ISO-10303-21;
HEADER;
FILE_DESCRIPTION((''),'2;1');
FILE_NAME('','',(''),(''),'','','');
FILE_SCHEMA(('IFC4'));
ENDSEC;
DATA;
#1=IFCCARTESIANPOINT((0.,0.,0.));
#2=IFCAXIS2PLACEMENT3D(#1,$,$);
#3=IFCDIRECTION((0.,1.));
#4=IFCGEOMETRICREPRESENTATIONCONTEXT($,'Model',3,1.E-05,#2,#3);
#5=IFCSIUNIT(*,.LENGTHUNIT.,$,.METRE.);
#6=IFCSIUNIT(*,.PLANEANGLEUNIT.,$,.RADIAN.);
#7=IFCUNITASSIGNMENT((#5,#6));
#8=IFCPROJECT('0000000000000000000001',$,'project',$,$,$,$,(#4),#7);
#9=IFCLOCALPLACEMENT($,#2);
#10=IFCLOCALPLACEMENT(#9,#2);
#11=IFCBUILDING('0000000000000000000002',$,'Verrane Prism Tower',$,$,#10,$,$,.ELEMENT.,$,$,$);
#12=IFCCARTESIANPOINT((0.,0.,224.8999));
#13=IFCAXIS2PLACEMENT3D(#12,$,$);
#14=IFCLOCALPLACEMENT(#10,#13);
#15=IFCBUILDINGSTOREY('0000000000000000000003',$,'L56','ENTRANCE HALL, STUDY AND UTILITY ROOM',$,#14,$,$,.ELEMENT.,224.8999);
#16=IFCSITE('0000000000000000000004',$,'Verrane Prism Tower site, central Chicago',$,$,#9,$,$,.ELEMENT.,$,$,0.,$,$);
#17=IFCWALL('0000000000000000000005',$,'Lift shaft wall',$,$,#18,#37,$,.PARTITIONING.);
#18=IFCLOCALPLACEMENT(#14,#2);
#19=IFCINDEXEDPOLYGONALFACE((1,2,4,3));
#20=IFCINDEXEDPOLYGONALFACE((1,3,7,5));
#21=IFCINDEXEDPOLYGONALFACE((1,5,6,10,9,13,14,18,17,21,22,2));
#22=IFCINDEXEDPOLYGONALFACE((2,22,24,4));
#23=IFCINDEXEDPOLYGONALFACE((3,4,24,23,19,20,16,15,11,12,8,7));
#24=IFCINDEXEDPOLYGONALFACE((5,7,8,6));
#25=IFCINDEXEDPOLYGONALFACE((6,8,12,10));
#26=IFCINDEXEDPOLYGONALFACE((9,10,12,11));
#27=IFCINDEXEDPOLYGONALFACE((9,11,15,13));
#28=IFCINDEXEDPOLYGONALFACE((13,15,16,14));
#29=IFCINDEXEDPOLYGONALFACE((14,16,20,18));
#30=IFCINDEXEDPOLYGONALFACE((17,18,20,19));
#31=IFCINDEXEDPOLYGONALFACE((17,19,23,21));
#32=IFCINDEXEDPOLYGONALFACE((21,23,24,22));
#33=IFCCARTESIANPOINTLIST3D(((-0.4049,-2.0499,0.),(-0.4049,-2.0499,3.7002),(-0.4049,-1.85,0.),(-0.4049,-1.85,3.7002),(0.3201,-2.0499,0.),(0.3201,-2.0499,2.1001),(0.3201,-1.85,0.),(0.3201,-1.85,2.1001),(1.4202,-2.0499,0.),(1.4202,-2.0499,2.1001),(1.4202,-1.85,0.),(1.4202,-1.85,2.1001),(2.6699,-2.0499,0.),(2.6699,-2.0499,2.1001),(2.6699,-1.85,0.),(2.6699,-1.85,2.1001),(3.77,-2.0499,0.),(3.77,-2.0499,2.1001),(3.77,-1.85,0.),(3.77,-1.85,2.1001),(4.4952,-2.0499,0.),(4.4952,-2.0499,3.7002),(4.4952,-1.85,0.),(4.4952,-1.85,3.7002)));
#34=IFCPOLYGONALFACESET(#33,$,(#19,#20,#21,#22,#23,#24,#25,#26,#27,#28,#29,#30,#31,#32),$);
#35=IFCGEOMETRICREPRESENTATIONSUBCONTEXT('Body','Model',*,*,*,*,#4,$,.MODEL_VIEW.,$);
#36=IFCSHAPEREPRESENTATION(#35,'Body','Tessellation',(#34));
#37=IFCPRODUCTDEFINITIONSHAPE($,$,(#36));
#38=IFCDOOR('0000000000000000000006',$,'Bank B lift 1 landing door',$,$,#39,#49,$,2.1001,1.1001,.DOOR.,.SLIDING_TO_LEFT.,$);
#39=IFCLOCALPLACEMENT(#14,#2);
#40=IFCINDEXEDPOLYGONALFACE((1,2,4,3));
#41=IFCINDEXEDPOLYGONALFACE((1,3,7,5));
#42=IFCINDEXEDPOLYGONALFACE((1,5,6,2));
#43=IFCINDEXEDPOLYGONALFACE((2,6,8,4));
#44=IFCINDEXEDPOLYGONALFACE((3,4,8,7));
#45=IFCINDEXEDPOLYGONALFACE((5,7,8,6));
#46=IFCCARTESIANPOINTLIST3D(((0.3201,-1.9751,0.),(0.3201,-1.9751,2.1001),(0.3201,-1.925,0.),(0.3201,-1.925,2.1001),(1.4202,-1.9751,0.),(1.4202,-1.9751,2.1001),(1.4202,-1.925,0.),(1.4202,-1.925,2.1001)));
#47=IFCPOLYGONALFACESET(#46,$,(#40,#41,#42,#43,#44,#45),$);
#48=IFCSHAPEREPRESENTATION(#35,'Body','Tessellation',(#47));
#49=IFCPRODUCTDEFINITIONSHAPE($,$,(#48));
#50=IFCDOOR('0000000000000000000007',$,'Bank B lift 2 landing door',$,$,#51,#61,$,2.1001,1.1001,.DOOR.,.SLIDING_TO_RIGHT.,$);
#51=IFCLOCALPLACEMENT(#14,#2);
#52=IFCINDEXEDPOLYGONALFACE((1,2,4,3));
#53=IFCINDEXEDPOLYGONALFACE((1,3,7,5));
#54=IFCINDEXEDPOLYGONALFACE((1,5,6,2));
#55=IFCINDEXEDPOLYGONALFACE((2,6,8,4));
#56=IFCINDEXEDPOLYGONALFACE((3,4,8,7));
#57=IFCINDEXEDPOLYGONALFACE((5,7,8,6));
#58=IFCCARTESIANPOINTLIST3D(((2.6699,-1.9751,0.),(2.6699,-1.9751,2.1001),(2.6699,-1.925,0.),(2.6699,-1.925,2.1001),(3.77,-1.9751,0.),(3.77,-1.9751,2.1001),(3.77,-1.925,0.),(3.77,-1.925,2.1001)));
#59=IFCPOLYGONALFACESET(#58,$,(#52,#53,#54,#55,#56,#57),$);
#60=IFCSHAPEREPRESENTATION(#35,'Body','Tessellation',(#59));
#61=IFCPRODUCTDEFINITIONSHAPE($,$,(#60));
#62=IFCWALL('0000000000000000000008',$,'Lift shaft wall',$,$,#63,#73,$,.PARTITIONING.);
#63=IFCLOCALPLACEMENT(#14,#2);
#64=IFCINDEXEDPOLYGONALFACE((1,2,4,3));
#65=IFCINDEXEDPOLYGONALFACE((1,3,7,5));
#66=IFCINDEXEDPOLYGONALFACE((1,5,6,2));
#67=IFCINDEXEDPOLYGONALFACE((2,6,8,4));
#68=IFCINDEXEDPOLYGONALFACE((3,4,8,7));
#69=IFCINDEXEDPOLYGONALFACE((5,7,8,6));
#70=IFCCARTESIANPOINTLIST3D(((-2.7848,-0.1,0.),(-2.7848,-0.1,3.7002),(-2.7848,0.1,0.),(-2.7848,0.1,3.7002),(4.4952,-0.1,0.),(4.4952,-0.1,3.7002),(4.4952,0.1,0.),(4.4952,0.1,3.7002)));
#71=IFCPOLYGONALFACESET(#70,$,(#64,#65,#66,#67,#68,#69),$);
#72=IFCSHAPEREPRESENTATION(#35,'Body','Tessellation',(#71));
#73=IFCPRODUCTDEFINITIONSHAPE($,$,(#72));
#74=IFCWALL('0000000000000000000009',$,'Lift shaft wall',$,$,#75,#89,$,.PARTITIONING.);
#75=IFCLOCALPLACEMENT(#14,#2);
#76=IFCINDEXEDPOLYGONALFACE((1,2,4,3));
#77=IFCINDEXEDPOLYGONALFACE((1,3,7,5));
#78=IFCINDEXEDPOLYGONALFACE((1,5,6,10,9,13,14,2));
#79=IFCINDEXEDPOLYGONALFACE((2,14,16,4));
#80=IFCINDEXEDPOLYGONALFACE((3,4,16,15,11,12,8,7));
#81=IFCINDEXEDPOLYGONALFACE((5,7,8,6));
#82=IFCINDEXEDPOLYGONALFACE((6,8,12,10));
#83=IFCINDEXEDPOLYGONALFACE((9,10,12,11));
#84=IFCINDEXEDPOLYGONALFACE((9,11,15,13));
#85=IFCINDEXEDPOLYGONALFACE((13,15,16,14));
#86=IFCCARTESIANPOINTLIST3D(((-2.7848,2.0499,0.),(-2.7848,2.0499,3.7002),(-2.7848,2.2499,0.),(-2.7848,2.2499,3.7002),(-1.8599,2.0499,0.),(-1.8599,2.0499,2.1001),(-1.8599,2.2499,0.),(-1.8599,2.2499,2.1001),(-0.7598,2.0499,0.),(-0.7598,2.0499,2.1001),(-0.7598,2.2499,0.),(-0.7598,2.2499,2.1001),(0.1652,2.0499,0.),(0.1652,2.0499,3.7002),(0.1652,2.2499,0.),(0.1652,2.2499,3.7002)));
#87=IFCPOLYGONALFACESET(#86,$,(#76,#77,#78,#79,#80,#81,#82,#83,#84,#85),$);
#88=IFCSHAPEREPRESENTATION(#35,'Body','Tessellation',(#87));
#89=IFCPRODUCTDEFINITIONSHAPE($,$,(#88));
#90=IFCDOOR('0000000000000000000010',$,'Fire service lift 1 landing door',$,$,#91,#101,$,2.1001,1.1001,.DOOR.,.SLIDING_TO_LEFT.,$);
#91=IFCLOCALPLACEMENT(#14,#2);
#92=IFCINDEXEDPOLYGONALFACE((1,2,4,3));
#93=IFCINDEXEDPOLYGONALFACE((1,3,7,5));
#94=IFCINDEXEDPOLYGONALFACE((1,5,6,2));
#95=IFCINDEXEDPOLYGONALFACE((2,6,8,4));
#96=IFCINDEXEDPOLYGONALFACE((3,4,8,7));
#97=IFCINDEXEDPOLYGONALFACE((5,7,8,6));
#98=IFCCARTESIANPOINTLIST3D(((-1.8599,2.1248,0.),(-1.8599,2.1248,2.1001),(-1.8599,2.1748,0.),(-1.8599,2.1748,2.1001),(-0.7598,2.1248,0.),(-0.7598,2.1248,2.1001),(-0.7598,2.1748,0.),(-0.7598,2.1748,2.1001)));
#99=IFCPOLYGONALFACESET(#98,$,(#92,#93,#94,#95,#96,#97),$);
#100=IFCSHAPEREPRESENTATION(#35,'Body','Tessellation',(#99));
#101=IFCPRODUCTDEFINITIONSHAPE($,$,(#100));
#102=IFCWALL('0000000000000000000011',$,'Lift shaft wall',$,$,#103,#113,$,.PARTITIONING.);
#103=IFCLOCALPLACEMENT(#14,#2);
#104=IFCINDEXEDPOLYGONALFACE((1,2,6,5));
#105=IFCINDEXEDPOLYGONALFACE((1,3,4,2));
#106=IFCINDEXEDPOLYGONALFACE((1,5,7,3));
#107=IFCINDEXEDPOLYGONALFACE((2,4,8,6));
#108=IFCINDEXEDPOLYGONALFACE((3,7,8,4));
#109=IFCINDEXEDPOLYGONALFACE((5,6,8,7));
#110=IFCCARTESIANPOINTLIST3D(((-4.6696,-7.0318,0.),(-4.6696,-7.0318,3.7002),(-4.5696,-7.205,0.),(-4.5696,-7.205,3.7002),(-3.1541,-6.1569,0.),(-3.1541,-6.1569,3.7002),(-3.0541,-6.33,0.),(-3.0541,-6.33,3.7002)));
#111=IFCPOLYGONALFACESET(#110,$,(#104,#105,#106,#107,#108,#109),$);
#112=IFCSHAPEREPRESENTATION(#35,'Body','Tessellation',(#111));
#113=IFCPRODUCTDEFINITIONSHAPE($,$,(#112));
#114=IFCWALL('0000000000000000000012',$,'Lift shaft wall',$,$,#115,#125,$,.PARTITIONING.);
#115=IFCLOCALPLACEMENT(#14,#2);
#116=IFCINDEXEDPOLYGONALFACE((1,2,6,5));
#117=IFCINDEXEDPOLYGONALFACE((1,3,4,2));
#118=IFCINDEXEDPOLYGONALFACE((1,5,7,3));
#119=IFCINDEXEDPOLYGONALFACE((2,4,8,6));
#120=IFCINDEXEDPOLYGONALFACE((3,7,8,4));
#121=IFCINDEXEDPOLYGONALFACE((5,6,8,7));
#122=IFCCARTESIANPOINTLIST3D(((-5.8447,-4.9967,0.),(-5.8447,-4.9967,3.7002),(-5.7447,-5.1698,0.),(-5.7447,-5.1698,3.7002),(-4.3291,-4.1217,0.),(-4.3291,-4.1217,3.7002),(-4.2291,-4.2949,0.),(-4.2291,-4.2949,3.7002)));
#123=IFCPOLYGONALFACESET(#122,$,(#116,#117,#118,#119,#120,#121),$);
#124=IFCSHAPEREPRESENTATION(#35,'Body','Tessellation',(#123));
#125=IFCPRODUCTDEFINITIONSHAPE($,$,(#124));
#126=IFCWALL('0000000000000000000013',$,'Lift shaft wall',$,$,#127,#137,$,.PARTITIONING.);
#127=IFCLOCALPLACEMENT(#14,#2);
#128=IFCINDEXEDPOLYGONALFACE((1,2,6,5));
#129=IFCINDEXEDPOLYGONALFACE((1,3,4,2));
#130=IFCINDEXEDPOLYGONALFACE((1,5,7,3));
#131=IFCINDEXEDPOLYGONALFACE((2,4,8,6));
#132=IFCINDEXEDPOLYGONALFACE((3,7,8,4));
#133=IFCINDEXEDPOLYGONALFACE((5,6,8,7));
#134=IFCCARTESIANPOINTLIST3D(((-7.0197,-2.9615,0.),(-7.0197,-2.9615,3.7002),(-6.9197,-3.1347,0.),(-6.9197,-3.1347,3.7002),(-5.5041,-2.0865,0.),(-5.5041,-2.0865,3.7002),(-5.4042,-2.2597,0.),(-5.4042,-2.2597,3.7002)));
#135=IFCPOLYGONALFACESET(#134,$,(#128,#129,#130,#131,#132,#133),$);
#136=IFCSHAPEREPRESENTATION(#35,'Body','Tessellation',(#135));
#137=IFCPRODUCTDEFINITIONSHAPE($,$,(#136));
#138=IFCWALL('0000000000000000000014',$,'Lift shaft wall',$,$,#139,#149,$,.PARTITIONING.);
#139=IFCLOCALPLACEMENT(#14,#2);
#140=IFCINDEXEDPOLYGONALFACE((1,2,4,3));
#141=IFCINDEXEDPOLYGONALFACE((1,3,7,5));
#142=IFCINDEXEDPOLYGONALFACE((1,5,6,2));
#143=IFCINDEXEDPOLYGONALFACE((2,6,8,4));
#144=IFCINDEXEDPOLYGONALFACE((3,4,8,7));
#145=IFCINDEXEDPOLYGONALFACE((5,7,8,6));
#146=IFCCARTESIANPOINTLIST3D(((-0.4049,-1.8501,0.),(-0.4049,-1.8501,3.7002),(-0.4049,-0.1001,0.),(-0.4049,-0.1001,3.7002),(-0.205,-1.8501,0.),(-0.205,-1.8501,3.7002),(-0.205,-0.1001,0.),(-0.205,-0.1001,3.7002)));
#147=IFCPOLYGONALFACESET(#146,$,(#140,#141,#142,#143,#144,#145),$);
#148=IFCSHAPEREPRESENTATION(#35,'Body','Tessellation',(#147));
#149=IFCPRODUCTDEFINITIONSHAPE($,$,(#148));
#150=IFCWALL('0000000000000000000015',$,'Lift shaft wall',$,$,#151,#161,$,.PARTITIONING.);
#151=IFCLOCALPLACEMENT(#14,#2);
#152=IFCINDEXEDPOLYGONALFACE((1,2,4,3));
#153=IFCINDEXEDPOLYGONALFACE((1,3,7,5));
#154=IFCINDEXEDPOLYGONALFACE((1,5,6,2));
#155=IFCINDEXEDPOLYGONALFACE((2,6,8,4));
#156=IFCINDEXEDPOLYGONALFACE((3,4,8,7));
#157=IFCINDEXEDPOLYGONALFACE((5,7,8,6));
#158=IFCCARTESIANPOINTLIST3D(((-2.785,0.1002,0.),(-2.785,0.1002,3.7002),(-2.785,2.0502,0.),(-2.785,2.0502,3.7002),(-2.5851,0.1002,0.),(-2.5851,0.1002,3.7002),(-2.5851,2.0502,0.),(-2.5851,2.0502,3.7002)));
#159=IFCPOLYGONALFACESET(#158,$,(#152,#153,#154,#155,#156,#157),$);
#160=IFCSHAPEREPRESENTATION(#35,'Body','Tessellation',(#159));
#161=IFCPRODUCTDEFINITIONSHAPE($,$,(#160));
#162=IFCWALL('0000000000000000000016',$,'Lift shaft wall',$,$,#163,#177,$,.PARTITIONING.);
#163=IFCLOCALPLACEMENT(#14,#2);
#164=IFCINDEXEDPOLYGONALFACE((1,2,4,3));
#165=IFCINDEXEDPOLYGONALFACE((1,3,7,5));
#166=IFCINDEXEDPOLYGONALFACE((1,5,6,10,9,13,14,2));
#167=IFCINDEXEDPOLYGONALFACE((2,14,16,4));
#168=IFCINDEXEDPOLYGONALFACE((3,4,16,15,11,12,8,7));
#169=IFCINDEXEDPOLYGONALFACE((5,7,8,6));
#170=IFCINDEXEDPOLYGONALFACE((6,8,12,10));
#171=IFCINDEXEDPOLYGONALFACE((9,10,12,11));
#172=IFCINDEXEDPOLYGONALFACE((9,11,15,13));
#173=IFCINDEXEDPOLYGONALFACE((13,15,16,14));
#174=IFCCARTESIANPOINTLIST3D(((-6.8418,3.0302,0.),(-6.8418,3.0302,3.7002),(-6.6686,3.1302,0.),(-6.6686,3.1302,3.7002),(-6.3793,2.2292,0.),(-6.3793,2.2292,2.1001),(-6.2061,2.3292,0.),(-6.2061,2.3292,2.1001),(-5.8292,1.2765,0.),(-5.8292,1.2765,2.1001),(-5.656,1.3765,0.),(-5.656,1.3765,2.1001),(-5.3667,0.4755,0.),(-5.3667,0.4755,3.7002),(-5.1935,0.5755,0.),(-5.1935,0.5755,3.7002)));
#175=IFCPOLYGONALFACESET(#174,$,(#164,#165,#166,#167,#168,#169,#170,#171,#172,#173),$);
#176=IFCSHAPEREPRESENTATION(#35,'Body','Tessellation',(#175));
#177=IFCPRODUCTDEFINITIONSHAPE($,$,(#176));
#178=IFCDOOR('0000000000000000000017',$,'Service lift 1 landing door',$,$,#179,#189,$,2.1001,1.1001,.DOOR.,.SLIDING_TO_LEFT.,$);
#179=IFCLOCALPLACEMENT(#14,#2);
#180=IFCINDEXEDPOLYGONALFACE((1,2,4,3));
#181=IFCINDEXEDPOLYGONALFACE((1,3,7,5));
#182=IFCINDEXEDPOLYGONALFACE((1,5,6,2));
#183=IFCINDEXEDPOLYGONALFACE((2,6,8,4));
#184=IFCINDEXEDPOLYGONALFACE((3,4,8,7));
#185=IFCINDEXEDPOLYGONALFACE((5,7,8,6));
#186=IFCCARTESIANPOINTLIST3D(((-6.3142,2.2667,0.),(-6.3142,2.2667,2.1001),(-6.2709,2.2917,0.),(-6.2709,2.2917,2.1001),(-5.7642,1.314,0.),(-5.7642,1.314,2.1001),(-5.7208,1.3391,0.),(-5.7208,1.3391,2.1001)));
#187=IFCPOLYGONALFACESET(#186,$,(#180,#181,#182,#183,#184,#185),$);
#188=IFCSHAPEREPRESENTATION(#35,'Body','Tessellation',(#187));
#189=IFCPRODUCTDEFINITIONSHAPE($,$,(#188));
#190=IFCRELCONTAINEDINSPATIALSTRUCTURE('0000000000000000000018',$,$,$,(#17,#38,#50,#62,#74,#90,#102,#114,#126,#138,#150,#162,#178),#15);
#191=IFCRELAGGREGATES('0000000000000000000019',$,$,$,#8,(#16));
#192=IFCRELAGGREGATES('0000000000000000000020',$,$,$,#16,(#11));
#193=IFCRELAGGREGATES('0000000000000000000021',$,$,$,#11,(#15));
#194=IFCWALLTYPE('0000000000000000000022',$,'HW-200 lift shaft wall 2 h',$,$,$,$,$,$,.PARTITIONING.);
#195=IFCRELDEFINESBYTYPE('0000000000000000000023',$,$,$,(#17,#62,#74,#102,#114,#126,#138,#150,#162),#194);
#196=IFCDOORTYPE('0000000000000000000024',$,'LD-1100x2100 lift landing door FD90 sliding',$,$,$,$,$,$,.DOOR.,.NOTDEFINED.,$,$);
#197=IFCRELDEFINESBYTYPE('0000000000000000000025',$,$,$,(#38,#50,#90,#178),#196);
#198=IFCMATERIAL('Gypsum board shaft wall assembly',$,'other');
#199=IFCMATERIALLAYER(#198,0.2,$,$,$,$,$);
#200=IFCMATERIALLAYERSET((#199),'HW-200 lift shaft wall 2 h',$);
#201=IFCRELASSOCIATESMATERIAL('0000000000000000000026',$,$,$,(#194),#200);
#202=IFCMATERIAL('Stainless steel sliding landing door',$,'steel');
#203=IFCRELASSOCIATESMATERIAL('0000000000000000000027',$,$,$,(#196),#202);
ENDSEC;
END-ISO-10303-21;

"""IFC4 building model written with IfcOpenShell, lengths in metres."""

from ifc_helpers import new_model, si_unit, direction, frame, frame_2d, origin, place, context, subcontext, project, spatial, rectangle, extrude, material, layer, layer_set, type_object, element, fill, save


model = new_model("IFC4")

# Units and contexts
model_context = context("Model", 3, precision=1e-05, world=origin(), true_north=direction((0.0, 1.0)))
body_context = subcontext(model_context, "Body", "Model", "MODEL_VIEW")
ifc_project = project(units=[si_unit("LENGTHUNIT", "METRE"), si_unit("PLANEANGLEUNIT", "RADIAN")], contexts=[model_context])

# Site, building, storey
site_placement = place(None, origin())
site = spatial("IfcSite", under=ifc_project, at=site_placement, Name="Verrane Prism Tower site, central Chicago", CompositionType="ELEMENT", RefElevation=0.0)
building_placement = place(site_placement, origin())
building = spatial("IfcBuilding", under=site, at=building_placement, Name="Verrane Prism Tower", CompositionType="ELEMENT")
storey_placement = place(building_placement, frame((0.0, 0.0, 224.8999)))
storey = spatial("IfcBuildingStorey", under=building, at=storey_placement, Name="L56", Description="ENTRANCE HALL, STUDY AND UTILITY ROOM", CompositionType="ELEMENT", Elevation=224.8999)

# Wall, openings, doors
ifc_material_1 = material(Name="Gypsum board shaft wall assembly", Category="other")
ifc_layer_1 = layer(ifc_material_1, 0.2)
ifc_layer_set_1 = layer_set([ifc_layer_1], Name="HW-200 lift shaft wall 2 h")
wall_type_1 = type_object("IfcWallType", Name="HW-200 lift shaft wall 2 h", PredefinedType="PARTITIONING", material=ifc_layer_set_1)
wall_1_placement = place(storey_placement, frame((-0.405, -1.95, 0.0), z_axis=(0.0, 0.0, 1.0), x_axis=(1.0, 0.0, 0.0)))
wall_1 = element("IfcWall", 1, at=wall_1_placement, inside=storey, type_object=wall_type_1, Name="Lift shaft wall", PredefinedType="PARTITIONING", context=body_context, shape_type="SweptSolid", body=[
    extrude(rectangle(XDim=4.9001, YDim=0.2, at=frame_2d((2.4502, 0.0))), origin(), (0.0, 0.0, 1.0), 3.7002),
])
opening_1_placement = place(wall_1_placement, frame((0.7251, 0.0, 0.0)))
opening_1 = element("IfcOpeningElement", 2, at=opening_1_placement, cuts=wall_1, PredefinedType="OPENING", context=body_context, shape_type="SweptSolid", body=[
    extrude(rectangle(XDim=1.1001, YDim=2.1001, at=frame_2d((0.55, 1.05))), frame((0.0, 0.1099, 0.0), z_axis=(0.0, -1.0, 0.0), x_axis=(1.0, 0.0, 0.0)), (0.0, 0.0, 1.0), 0.22),
])
opening_2_placement = place(wall_1_placement, frame((3.075, 0.0, 0.0)))
opening_2 = element("IfcOpeningElement", 3, at=opening_2_placement, cuts=wall_1, PredefinedType="OPENING", context=body_context, shape_type="SweptSolid", body=[
    extrude(rectangle(XDim=1.1001, YDim=2.1001, at=frame_2d((0.55, 1.05))), frame((0.0, 0.1099, 0.0), z_axis=(0.0, -1.0, 0.0), x_axis=(1.0, 0.0, 0.0)), (0.0, 0.0, 1.0), 0.22),
])
ifc_material_2 = material(Name="Stainless steel sliding landing door", Category="steel")
door_type = type_object("IfcDoorType", Name="LD-1100x2100 lift landing door FD90 sliding", OperationType="NOTDEFINED", PredefinedType="DOOR", material=ifc_material_2)
door_1_placement = place(opening_1_placement, origin())
door_1 = element("IfcDoor", 4, at=door_1_placement, inside=storey, type_object=door_type, Name="Bank B lift 1 landing door", OperationType="SLIDING_TO_LEFT", OverallHeight=2.1001, OverallWidth=1.1001, PredefinedType="DOOR", context=body_context, shape_type="SweptSolid", body=[
    extrude(rectangle(XDim=1.1001, YDim=2.1001, at=frame_2d((0.55, 1.05))), frame((0.0, 0.0249, 0.0), z_axis=(0.0, -1.0, 0.0), x_axis=(1.0, 0.0, 0.0)), (0.0, 0.0, 1.0), 0.05),
])
fill(opening_1, door_1)
door_2_placement = place(opening_2_placement, origin())
door_2 = element("IfcDoor", 5, at=door_2_placement, inside=storey, type_object=door_type, Name="Bank B lift 2 landing door", OperationType="SLIDING_TO_RIGHT", OverallHeight=2.1001, OverallWidth=1.1001, PredefinedType="DOOR", context=body_context, shape_type="SweptSolid", body=[
    extrude(rectangle(XDim=1.1001, YDim=2.1001, at=frame_2d((0.55, 1.05))), frame((0.0, 0.0249, 0.0), z_axis=(0.0, -1.0, 0.0), x_axis=(1.0, 0.0, 0.0)), (0.0, 0.0, 1.0), 0.05),
])
fill(opening_2, door_2)

# Wall
wall_2_placement = place(storey_placement, frame((-2.7849, 0.0, 0.0), z_axis=(0.0, 0.0, 1.0), x_axis=(1.0, 0.0, 0.0)))
element("IfcWall", 6, at=wall_2_placement, inside=storey, type_object=wall_type_1, Name="Lift shaft wall", PredefinedType="PARTITIONING", context=body_context, shape_type="SweptSolid", body=[
    extrude(rectangle(XDim=7.28, YDim=0.2, at=frame_2d((3.6401, 0.0))), origin(), (0.0, 0.0, 1.0), 3.7002),
])

# Wall, opening, door
wall_3_placement = place(storey_placement, frame((-2.7849, 2.1499, 0.0), z_axis=(0.0, 0.0, 1.0), x_axis=(1.0, 0.0, 0.0)))
wall_3 = element("IfcWall", 7, at=wall_3_placement, inside=storey, type_object=wall_type_1, Name="Lift shaft wall", PredefinedType="PARTITIONING", context=body_context, shape_type="SweptSolid", body=[
    extrude(rectangle(XDim=2.95, YDim=0.2, at=frame_2d((1.4751, 0.0))), origin(), (0.0, 0.0, 1.0), 3.7002),
])
opening_3_placement = place(wall_3_placement, frame((0.925, 0.0, 0.0)))
opening_3 = element("IfcOpeningElement", 8, at=opening_3_placement, cuts=wall_3, PredefinedType="OPENING", context=body_context, shape_type="SweptSolid", body=[
    extrude(rectangle(XDim=1.1001, YDim=2.1001, at=frame_2d((0.55, 1.05))), frame((0.0, 0.1099, 0.0), z_axis=(0.0, -1.0, 0.0), x_axis=(1.0, 0.0, 0.0)), (0.0, 0.0, 1.0), 0.22),
])
door_3_placement = place(opening_3_placement, origin())
door_3 = element("IfcDoor", 9, at=door_3_placement, inside=storey, type_object=door_type, Name="Fire service lift 1 landing door", OperationType="SLIDING_TO_LEFT", OverallHeight=2.1001, OverallWidth=1.1001, PredefinedType="DOOR", context=body_context, shape_type="SweptSolid", body=[
    extrude(rectangle(XDim=1.1001, YDim=2.1001, at=frame_2d((0.55, 1.05))), frame((0.0, 0.0249, 0.0), z_axis=(0.0, -1.0, 0.0), x_axis=(1.0, 0.0, 0.0)), (0.0, 0.0, 1.0), 0.05),
])
fill(opening_3, door_3)

# Walls
for number, where, z_axis, x_axis, name in (
    (10, (-4.6196, -7.1184, 0.0), (0.0, 0.0, 1.0), (0.866037, 0.49998, 0.0), "Lift shaft wall"),
    (11, (-5.7947, -5.0833, 0.0), (0.0, 0.0, 1.0), (0.866037, 0.49998, 0.0), "Lift shaft wall"),
    (12, (-6.9697, -3.0481, 0.0), (0.0, 0.0, 1.0), (0.866037, 0.49998, 0.0), "Lift shaft wall"),
    (13, (-0.3049, -1.8501, 0.0), (0.0, 0.0, 1.0), (0.0, 1.0, 0.0), "Lift shaft wall"),
):
    element("IfcWall", number, at=place(storey_placement, frame(where, z_axis=z_axis, x_axis=x_axis)), inside=storey, type_object=wall_type_1, Name=name, PredefinedType="PARTITIONING", context=body_context, shape_type="SweptSolid", body=[
        extrude(rectangle(XDim=1.75, YDim=0.2, at=frame_2d((0.875, 0.0))), origin(), (0.0, 0.0, 1.0), 3.7002),
    ])
wall_4_placement = place(storey_placement, frame((-2.6851, 0.1001, 0.0), z_axis=(0.0, 0.0, 1.0), x_axis=(0.0, 1.0, 0.0)))
element("IfcWall", 14, at=wall_4_placement, inside=storey, type_object=wall_type_1, Name="Lift shaft wall", PredefinedType="PARTITIONING", context=body_context, shape_type="SweptSolid", body=[
    extrude(rectangle(XDim=1.95, YDim=0.2, at=frame_2d((0.9751, 0.0))), origin(), (0.0, 0.0, 1.0), 3.7002),
])

# Wall, opening, door
wall_5_placement = place(storey_placement, frame((-5.28, 0.5254, 0.0), z_axis=(0.0, 0.0, 1.0), x_axis=(-0.500038, 0.866004, 0.0)))
wall_5 = element("IfcWall", 15, at=wall_5_placement, inside=storey, type_object=wall_type_1, Name="Lift shaft wall", PredefinedType="PARTITIONING", context=body_context, shape_type="SweptSolid", body=[
    extrude(rectangle(XDim=2.95, YDim=0.2, at=frame_2d((1.4751, 0.0))), origin(), (0.0, 0.0, 1.0), 3.7002),
])
opening_4_placement = place(wall_5_placement, frame((0.925, 0.0, 0.0)))
opening_4 = element("IfcOpeningElement", 16, at=opening_4_placement, cuts=wall_5, PredefinedType="OPENING", context=body_context, shape_type="SweptSolid", body=[
    extrude(rectangle(XDim=1.1001, YDim=2.1001, at=frame_2d((0.55, 1.05))), frame((0.0, 0.1099, 0.0), z_axis=(0.0, -1.0, 0.0), x_axis=(1.0, 0.0, 0.0)), (0.0, 0.0, 1.0), 0.22),
])
door_4_placement = place(opening_4_placement, origin())
door_4 = element("IfcDoor", 17, at=door_4_placement, inside=storey, type_object=door_type, Name="Service lift 1 landing door", OperationType="SLIDING_TO_LEFT", OverallHeight=2.1001, OverallWidth=1.1001, PredefinedType="DOOR", context=body_context, shape_type="SweptSolid", body=[
    extrude(rectangle(XDim=1.1001, YDim=2.1001, at=frame_2d((0.55, 1.05))), frame((0.0, 0.0249, 0.0), z_axis=(0.0, -1.0, 0.0), x_axis=(1.0, 0.0, 0.0)), (0.0, 0.0, 1.0), 0.05),
])
fill(opening_4, door_4)

save(model, "model.ifc")
